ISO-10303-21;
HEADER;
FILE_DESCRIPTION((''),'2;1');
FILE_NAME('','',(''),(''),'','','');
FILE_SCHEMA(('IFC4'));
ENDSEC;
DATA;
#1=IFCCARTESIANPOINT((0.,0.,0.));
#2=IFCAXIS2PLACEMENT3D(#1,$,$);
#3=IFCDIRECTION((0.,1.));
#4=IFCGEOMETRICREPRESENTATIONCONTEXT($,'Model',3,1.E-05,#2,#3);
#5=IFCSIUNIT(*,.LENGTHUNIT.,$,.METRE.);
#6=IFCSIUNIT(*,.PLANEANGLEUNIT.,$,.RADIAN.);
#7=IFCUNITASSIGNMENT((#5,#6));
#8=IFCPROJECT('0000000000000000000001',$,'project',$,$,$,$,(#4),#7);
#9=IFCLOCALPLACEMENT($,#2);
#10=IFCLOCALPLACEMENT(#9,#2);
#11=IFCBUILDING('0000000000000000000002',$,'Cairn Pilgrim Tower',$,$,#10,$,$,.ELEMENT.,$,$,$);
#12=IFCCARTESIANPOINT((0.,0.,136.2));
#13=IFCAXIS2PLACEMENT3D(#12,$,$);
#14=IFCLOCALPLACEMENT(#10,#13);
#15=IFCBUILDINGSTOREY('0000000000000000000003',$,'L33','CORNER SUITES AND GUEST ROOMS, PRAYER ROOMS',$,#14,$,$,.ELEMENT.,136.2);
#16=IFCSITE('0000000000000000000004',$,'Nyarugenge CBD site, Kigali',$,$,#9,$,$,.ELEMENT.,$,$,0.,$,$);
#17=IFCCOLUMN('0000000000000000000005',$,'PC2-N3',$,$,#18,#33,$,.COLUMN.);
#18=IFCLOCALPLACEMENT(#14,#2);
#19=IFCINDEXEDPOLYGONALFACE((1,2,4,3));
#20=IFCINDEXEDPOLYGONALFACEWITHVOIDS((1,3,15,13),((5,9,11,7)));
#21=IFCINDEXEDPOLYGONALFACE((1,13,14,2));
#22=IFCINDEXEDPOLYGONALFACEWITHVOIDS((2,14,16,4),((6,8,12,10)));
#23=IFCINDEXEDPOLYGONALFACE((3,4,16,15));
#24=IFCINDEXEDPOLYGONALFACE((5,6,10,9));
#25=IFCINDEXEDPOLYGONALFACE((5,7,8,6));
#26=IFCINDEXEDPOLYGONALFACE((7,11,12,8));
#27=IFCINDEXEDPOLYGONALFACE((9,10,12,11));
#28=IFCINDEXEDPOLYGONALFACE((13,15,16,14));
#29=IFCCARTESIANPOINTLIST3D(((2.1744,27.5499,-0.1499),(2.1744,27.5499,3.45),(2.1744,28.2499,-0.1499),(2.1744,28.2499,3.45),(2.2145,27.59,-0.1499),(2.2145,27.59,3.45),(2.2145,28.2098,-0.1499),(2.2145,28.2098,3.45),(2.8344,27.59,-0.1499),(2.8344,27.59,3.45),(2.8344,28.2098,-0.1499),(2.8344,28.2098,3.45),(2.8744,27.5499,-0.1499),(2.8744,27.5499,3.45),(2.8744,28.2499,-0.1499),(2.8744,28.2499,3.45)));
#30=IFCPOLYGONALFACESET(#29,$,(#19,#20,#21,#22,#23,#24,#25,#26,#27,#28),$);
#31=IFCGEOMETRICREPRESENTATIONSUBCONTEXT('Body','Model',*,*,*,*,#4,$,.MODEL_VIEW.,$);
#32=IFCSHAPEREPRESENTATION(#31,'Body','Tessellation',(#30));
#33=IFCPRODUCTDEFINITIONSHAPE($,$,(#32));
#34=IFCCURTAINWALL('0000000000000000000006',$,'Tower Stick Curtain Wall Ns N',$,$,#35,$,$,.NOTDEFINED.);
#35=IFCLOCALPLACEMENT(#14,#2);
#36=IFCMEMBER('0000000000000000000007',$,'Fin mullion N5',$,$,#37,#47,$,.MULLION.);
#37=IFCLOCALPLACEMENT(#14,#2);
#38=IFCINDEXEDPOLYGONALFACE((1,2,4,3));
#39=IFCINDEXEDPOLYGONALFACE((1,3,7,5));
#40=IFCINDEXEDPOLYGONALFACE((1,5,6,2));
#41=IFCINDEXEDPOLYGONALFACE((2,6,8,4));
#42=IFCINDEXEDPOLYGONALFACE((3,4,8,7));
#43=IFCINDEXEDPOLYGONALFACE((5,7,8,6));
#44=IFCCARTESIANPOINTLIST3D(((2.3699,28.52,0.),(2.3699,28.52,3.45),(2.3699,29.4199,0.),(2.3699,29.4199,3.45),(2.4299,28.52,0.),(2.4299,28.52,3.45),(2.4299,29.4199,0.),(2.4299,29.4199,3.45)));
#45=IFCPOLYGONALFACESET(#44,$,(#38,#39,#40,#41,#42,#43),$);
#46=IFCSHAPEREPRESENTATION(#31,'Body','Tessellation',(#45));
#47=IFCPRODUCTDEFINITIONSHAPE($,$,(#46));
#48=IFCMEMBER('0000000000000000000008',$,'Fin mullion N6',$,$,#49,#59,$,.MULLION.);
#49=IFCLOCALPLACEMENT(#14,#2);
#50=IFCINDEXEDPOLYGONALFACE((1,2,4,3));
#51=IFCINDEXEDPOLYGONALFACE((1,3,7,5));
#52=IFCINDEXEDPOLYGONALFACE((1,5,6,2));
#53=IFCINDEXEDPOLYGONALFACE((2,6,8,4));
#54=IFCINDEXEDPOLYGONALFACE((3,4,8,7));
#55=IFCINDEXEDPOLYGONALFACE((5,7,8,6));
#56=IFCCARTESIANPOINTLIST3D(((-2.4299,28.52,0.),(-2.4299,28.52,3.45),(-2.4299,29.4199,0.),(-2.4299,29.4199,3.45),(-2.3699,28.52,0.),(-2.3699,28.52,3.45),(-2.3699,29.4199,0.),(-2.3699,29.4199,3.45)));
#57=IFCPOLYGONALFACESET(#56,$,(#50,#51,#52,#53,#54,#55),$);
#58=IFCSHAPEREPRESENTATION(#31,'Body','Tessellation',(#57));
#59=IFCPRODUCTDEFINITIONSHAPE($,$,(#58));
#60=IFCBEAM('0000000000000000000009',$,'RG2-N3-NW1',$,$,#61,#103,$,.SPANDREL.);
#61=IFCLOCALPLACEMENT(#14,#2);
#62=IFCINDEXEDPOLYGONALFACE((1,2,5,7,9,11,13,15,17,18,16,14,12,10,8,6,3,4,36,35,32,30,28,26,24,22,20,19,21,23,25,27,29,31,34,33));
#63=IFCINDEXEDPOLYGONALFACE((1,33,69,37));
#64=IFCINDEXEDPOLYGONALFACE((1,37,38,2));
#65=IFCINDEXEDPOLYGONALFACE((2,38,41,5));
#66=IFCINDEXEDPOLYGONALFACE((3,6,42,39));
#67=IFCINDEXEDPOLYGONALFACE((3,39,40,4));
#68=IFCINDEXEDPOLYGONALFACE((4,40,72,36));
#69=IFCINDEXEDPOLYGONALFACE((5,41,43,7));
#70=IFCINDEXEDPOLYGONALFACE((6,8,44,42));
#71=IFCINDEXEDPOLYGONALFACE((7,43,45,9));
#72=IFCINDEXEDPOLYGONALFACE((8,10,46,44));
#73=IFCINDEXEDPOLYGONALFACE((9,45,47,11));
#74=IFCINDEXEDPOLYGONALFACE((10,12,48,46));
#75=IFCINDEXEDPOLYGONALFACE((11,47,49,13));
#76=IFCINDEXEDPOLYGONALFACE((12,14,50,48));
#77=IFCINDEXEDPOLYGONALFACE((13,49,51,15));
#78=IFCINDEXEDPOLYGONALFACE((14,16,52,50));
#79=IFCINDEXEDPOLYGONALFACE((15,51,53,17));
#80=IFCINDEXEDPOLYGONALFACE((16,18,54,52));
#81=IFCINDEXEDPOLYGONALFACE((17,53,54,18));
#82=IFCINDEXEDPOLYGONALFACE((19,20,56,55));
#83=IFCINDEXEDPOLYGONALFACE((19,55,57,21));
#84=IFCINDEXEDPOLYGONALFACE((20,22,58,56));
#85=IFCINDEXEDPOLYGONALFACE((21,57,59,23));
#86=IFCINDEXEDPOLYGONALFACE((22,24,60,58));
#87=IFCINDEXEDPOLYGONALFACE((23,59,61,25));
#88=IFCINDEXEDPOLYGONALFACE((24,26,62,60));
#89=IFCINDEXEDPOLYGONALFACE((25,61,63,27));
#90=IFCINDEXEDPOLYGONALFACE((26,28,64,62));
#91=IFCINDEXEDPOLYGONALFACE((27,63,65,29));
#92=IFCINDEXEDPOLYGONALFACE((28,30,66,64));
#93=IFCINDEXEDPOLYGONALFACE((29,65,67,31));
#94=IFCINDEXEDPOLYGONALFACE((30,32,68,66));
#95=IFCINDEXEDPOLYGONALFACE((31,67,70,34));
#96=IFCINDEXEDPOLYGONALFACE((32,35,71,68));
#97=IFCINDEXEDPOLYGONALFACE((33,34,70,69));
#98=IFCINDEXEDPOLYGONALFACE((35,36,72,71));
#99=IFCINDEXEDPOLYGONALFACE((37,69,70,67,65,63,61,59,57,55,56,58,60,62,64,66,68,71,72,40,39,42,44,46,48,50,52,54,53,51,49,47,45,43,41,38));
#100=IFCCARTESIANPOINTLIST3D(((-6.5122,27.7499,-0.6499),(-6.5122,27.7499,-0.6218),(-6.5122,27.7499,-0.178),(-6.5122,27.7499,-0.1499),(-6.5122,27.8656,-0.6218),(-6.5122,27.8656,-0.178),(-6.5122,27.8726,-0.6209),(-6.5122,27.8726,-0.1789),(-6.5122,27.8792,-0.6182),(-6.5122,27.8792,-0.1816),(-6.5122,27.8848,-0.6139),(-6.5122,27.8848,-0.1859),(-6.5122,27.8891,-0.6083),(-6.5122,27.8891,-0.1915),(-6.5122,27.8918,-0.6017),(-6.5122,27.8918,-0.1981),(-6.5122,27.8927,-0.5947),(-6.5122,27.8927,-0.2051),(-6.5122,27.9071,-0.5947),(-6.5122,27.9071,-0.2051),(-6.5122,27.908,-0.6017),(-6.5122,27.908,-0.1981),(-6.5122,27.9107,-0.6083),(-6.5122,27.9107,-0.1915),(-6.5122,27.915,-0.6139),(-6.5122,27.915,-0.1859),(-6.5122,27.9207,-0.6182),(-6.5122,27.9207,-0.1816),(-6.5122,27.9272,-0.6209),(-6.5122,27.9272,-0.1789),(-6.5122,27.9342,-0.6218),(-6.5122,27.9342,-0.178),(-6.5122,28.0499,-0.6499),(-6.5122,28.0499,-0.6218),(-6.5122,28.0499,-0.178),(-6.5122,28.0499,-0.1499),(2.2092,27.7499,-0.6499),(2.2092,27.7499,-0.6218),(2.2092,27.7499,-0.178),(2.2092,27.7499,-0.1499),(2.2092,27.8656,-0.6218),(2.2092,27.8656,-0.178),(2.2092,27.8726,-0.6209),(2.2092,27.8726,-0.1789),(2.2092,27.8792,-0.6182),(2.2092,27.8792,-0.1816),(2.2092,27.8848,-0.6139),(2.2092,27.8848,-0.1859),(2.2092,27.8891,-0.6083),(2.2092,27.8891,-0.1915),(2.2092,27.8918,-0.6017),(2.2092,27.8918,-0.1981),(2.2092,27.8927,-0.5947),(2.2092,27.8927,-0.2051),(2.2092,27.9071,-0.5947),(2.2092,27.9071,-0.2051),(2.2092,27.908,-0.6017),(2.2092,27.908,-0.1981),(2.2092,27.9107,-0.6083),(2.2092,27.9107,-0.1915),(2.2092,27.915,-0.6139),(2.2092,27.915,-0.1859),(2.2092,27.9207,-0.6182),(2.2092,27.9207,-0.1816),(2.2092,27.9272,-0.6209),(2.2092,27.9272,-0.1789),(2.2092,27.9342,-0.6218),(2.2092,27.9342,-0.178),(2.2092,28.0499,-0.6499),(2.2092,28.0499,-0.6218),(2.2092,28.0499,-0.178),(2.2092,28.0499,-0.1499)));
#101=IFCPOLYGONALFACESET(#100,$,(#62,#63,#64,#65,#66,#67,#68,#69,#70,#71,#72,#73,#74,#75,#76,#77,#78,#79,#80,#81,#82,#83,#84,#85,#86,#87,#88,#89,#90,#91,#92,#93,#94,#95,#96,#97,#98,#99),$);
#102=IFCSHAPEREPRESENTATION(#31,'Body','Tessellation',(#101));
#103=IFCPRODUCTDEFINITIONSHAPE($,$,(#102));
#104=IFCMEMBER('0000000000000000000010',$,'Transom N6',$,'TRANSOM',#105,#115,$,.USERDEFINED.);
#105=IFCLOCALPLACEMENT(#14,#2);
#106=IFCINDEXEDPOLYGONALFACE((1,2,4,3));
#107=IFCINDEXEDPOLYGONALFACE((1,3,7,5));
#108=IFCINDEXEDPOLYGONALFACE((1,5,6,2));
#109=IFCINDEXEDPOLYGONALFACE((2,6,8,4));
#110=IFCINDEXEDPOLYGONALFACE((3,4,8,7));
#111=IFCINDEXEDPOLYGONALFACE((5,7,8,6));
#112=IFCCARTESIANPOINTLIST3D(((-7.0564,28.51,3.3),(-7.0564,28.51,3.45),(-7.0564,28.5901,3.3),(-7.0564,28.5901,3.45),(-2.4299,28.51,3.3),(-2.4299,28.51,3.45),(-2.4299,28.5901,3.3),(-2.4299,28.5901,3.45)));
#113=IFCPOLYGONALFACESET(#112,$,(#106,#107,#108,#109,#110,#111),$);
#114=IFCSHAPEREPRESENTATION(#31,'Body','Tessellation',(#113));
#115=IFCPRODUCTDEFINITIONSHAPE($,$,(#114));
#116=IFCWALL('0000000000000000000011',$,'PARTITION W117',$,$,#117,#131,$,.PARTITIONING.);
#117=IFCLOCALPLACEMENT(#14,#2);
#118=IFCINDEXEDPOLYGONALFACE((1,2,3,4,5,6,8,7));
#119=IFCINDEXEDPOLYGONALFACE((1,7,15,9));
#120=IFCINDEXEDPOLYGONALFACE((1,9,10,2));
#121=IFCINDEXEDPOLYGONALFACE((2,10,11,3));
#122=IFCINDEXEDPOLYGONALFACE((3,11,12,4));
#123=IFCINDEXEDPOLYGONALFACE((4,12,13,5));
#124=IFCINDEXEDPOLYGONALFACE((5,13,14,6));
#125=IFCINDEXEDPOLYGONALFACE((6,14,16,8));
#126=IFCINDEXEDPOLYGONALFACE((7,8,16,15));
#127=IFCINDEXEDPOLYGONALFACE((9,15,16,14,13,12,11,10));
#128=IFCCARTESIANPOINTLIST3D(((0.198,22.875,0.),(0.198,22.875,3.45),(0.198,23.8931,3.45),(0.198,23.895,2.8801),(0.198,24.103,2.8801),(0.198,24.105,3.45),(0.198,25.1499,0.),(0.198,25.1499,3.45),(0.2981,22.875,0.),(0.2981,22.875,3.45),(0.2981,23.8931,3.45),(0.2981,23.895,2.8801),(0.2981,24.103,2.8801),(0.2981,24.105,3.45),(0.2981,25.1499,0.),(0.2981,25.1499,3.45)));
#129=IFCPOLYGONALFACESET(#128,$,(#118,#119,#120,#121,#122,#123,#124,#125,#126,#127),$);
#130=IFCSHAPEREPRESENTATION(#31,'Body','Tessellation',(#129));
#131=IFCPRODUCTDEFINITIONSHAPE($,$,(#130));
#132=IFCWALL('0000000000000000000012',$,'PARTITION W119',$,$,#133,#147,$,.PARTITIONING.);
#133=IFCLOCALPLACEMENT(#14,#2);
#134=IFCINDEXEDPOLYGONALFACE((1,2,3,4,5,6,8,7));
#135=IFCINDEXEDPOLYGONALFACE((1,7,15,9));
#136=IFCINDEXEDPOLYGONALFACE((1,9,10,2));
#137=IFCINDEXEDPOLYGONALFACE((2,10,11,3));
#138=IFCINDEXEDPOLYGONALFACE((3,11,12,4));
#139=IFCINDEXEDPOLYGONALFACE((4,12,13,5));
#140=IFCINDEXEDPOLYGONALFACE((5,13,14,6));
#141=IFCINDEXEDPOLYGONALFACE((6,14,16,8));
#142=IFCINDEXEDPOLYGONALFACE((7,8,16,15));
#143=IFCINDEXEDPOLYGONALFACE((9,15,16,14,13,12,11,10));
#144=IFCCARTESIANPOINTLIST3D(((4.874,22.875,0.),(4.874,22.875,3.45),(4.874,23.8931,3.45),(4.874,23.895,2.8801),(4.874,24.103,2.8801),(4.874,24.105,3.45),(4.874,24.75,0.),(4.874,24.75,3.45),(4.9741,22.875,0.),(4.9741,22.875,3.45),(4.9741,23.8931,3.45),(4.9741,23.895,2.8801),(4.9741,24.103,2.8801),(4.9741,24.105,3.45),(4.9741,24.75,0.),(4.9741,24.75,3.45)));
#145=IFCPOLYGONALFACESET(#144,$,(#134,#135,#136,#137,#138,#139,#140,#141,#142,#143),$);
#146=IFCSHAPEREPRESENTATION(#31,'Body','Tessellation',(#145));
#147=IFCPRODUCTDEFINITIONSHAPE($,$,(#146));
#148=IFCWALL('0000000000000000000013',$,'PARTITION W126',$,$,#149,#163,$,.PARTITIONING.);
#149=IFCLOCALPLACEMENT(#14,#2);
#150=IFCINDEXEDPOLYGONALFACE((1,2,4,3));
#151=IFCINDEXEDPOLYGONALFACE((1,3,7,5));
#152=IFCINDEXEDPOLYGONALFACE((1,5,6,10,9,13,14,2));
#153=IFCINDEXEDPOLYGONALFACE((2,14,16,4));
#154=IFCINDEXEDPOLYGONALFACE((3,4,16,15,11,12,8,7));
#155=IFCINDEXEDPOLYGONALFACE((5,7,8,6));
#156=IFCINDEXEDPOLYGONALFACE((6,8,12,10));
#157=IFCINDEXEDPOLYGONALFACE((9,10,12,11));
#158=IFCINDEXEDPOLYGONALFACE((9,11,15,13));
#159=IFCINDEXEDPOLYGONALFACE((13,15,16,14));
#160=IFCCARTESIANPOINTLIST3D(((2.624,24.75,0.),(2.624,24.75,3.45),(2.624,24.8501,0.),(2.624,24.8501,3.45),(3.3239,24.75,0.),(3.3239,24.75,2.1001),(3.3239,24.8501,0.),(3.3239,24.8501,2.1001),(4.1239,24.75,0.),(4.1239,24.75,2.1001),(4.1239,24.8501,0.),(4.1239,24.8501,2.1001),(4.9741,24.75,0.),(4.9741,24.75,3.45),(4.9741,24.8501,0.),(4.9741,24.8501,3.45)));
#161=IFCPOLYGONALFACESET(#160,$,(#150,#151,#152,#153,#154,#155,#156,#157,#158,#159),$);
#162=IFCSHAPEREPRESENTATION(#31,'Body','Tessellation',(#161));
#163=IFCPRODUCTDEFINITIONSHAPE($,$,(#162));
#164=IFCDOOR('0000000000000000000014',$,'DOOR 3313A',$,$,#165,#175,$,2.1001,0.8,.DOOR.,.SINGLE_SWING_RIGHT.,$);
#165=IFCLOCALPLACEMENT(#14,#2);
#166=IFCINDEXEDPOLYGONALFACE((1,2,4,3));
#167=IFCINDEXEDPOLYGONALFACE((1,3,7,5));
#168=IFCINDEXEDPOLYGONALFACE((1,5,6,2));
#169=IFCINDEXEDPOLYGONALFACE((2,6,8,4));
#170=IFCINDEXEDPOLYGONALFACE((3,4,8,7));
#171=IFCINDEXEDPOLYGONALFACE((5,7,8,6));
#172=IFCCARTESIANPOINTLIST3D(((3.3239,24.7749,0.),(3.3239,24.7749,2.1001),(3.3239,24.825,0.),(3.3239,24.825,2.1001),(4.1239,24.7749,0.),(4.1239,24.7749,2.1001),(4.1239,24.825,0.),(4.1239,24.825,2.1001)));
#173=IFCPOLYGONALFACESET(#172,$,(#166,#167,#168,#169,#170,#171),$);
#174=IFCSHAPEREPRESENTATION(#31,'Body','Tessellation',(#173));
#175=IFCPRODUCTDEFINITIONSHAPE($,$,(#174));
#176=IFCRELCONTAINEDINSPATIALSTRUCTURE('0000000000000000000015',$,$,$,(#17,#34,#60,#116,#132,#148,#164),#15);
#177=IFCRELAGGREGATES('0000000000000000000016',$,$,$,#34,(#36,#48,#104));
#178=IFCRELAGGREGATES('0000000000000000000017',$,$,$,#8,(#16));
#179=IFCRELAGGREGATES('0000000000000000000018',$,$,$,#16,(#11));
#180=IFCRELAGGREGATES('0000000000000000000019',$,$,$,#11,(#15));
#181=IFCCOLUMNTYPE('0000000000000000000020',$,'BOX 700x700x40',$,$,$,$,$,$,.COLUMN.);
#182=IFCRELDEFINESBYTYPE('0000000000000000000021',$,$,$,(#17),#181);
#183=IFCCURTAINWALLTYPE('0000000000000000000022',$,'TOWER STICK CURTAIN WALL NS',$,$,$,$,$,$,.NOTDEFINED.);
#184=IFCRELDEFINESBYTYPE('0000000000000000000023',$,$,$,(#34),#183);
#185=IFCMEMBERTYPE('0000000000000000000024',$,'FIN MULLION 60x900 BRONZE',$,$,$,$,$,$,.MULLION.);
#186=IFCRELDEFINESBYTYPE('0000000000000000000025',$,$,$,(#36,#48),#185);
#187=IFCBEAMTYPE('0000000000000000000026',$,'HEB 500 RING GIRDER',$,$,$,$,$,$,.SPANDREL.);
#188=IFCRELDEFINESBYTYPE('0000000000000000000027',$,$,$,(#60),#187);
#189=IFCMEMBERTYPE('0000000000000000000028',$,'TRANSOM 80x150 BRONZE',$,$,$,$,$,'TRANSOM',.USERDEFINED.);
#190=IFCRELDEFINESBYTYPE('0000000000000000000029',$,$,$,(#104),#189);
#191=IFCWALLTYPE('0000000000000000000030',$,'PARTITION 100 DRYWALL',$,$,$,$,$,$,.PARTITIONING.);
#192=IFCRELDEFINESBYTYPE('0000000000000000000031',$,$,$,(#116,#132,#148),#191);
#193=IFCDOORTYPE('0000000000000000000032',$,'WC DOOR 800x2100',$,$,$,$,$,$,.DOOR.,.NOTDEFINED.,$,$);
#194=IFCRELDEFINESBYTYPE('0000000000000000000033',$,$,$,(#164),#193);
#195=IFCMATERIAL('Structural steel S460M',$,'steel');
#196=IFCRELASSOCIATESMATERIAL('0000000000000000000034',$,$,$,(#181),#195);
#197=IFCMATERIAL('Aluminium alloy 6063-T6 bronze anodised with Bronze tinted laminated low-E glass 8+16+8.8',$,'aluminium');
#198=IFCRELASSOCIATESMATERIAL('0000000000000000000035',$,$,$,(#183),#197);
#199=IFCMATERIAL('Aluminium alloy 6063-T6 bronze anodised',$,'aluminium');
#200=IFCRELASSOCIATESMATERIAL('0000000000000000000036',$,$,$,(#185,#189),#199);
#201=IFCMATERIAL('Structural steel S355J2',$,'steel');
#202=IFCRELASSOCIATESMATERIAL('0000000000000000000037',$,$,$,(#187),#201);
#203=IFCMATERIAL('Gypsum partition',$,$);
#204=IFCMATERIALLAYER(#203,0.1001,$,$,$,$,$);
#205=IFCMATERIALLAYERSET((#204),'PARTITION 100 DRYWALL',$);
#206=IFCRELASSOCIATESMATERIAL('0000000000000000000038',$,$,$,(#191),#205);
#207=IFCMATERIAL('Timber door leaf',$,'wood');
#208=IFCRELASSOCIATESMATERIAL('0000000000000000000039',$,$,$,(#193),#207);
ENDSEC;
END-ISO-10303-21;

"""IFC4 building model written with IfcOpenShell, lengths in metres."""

from ifc_helpers import new_model, si_unit, direction, frame, frame_2d, origin, origin_2d, place, context, subcontext, project, spatial, polyline, rectangle, hollow_rectangle, i_section, outline, extrude, material, layer, layer_set, material_profile, profile_set, type_object, element, fill, aggregate, save


model = new_model("IFC4")

# Units and contexts
model_context = context("Model", 3, precision=1e-05, world=origin(), true_north=direction((0.0, 1.0)))
body_context = subcontext(model_context, "Body", "Model", "MODEL_VIEW")
ifc_project = project(units=[si_unit("LENGTHUNIT", "METRE"), si_unit("PLANEANGLEUNIT", "RADIAN")], contexts=[model_context])

# Site, building, storey
site_placement = place(None, origin())
site = spatial("IfcSite", under=ifc_project, at=site_placement, Name="Nyarugenge CBD site, Kigali", CompositionType="ELEMENT", RefElevation=0.0)
building_placement = place(site_placement, origin())
building = spatial("IfcBuilding", under=site, at=building_placement, Name="Cairn Pilgrim Tower", CompositionType="ELEMENT")
storey_placement = place(building_placement, frame((0.0, 0.0, 136.2)))
storey = spatial("IfcBuildingStorey", under=building, at=storey_placement, Name="L33", Description="CORNER SUITES AND GUEST ROOMS, PRAYER ROOMS", CompositionType="ELEMENT", Elevation=136.2)

# Column
ifc_material_1 = material(Name="Structural steel S460M", Category="steel")
ifc_material_profile_1 = material_profile(ifc_material_1, hollow_rectangle(XDim=0.7, YDim=0.7, WallThickness=0.04, at=origin_2d()), Name="BOX 700x700x40")
ifc_profile_set_1 = profile_set([ifc_material_profile_1], Name="Structural steel S460M")
column_type = type_object("IfcColumnType", Name="BOX 700x700x40", PredefinedType="COLUMN", material=ifc_profile_set_1)
column_placement = place(storey_placement, frame((2.5244, 27.8999, -0.1499), z_axis=(0.0, 0.0, 1.0), x_axis=(1.0, 0.0, 0.0)))
element("IfcColumn", 1, at=column_placement, inside=storey, type_object=column_type, Name="PC2-N3", PredefinedType="COLUMN", context=body_context, shape_type="SweptSolid", body=[
    extrude(hollow_rectangle(XDim=0.7, YDim=0.7, WallThickness=0.04, at=origin_2d()), origin(), (0.0, 0.0, 1.0), 3.5999),
])

# Curtain wall, members
ifc_material_2 = material(Name="Aluminium alloy 6063-T6 bronze anodised with Bronze tinted laminated low-E glass 8+16+8.8", Category="aluminium")
curtain_wall_type = type_object("IfcCurtainWallType", Name="TOWER STICK CURTAIN WALL NS", PredefinedType="NOTDEFINED", material=ifc_material_2)
curtain_wall_placement = place(storey_placement, origin())
curtain_wall = element("IfcCurtainWall", 2, at=curtain_wall_placement, inside=storey, type_object=curtain_wall_type, Name="Tower Stick Curtain Wall Ns N", PredefinedType="NOTDEFINED")
ifc_material_3 = material(Name="Aluminium alloy 6063-T6 bronze anodised", Category="aluminium")
ifc_material_profile_2 = material_profile(ifc_material_3, rectangle(XDim=0.8999, YDim=0.0601, at=origin_2d()), Name="FIN MULLION 60x900 BRONZE")
ifc_profile_set_2 = profile_set([ifc_material_profile_2], Name="Aluminium alloy 6063-T6 bronze anodised")
member_type_1 = type_object("IfcMemberType", Name="FIN MULLION 60x900 BRONZE", PredefinedType="MULLION", material=ifc_profile_set_2)
member_1_placement = place(storey_placement, frame((2.3999, 28.97, 0.0), z_axis=(0.0, 0.0, 1.0), x_axis=(0.0, 1.0, 0.0)))
member_1 = element("IfcMember", 3, at=member_1_placement, type_object=member_type_1, Name="Fin mullion N5", PredefinedType="MULLION", context=body_context, shape_type="SweptSolid", body=[
    extrude(rectangle(XDim=0.8999, YDim=0.0601, at=origin_2d()), origin(), (0.0, 0.0, 1.0), 3.45),
])
member_2_placement = place(storey_placement, frame((-2.3999, 28.97, 0.0), z_axis=(0.0, 0.0, 1.0), x_axis=(0.0, 1.0, 0.0)))
member_2 = element("IfcMember", 4, at=member_2_placement, type_object=member_type_1, Name="Fin mullion N6", PredefinedType="MULLION", context=body_context, shape_type="SweptSolid", body=[
    extrude(rectangle(XDim=0.8999, YDim=0.0601, at=origin_2d()), origin(), (0.0, 0.0, 1.0), 3.45),
])

# Beam
ifc_material_4 = material(Name="Structural steel S355J2", Category="steel")
ifc_material_profile_3 = material_profile(ifc_material_4, i_section(OverallWidth=0.3, OverallDepth=0.5, WebThickness=0.0144, FlangeThickness=0.0281, FilletRadius=0.0271, at=origin_2d()), Name="HEB 500")
ifc_profile_set_3 = profile_set([ifc_material_profile_3], Name="Structural steel S355J2")
beam_type = type_object("IfcBeamType", Name="HEB 500 RING GIRDER", PredefinedType="SPANDREL", material=ifc_profile_set_3)
beam_placement = place(storey_placement, frame((2.2092, 27.8999, -0.3999), z_axis=(-1.0, 0.0, 0.0), x_axis=(0.0, -1.0, 0.0)))
element("IfcBeam", 5, at=beam_placement, inside=storey, type_object=beam_type, Name="RG2-N3-NW1", PredefinedType="SPANDREL", context=body_context, shape_type="SweptSolid", body=[
    extrude(i_section(OverallWidth=0.3, OverallDepth=0.5, WebThickness=0.0144, FlangeThickness=0.0281, FilletRadius=0.0271, at=origin_2d()), origin(), (0.0, 0.0, 1.0), 8.7214),
])

# Member
ifc_material_profile_4 = material_profile(ifc_material_3, rectangle(XDim=0.0801, YDim=0.1499, at=origin_2d()), Name="TRANSOM 80x150 BRONZE")
ifc_profile_set_4 = profile_set([ifc_material_profile_4], Name="Aluminium alloy 6063-T6 bronze anodised")
member_type_2 = type_object("IfcMemberType", Name="TRANSOM 80x150 BRONZE", ElementType="TRANSOM", PredefinedType="USERDEFINED", material=ifc_profile_set_4)
member_3_placement = place(storey_placement, frame((-2.4299, 28.55, 3.375), z_axis=(-1.0, 0.0, 0.0), x_axis=(0.0, -1.0, 0.0)))
member_3 = element("IfcMember", 6, at=member_3_placement, type_object=member_type_2, Name="Transom N6", ObjectType="TRANSOM", PredefinedType="USERDEFINED", context=body_context, shape_type="SweptSolid", body=[
    extrude(rectangle(XDim=0.0801, YDim=0.1499, at=origin_2d()), origin(), (0.0, 0.0, 1.0), 4.6265),
])
aggregate(curtain_wall, [member_1, member_2, member_3])

# Walls
ifc_material_5 = material(Name="Gypsum partition")
ifc_layer_1 = layer(ifc_material_5, 0.1001)
ifc_layer_set_1 = layer_set([ifc_layer_1], Name="PARTITION 100 DRYWALL")
wall_type_1 = type_object("IfcWallType", Name="PARTITION 100 DRYWALL", PredefinedType="PARTITIONING", material=ifc_layer_set_1)
wall_1_placement = place(storey_placement, frame((0.248, 22.875, 0.0), z_axis=(0.0, 0.0, 1.0), x_axis=(0.0, 1.0, 0.0)))
element("IfcWall", 7, at=wall_1_placement, inside=storey, type_object=wall_type_1, Name="PARTITION W117", PredefinedType="PARTITIONING", context=body_context, shape_type="SweptSolid", body=[
    extrude(outline(polyline([(0.0, 0.0), (2.2749, 0.0), (2.2749, 3.45), (1.23, 3.45), (1.228, 2.8801), (1.02, 2.8801), (1.0181, 3.45), (0.0, 3.45), (0.0, 0.0)])), frame((0.0, 0.05, 0.0), z_axis=(0.0, -1.0, 0.0), x_axis=(1.0, 0.0, 0.0)), (0.0, 0.0, 1.0), 0.1001),
])
wall_2_placement = place(storey_placement, frame((4.9241, 22.875, 0.0), z_axis=(0.0, 0.0, 1.0), x_axis=(0.0, 1.0, 0.0)))
element("IfcWall", 8, at=wall_2_placement, inside=storey, type_object=wall_type_1, Name="PARTITION W119", PredefinedType="PARTITIONING", context=body_context, shape_type="SweptSolid", body=[
    extrude(outline(polyline([(0.0, 0.0), (1.875, 0.0), (1.875, 3.45), (1.23, 3.45), (1.228, 2.8801), (1.02, 2.8801), (1.0181, 3.45), (0.0, 3.45), (0.0, 0.0)])), frame((0.0, 0.05, 0.0), z_axis=(0.0, -1.0, 0.0), x_axis=(1.0, 0.0, 0.0)), (0.0, 0.0, 1.0), 0.1001),
])

# Wall, opening, door
wall_3_placement = place(storey_placement, frame((2.624, 24.8, 0.0), z_axis=(0.0, 0.0, 1.0), x_axis=(1.0, 0.0, 0.0)))
wall_3 = element("IfcWall", 9, at=wall_3_placement, inside=storey, type_object=wall_type_1, Name="PARTITION W126", PredefinedType="PARTITIONING", context=body_context, shape_type="SweptSolid", body=[
    extrude(rectangle(XDim=2.3501, YDim=0.1001, at=frame_2d((1.175, 0.0))), origin(), (0.0, 0.0, 1.0), 3.45),
])
opening_1_placement = place(wall_3_placement, frame((0.7, 0.0, 0.0)))
opening_1 = element("IfcOpeningElement", 10, at=opening_1_placement, cuts=wall_3, PredefinedType="OPENING", context=body_context, shape_type="SweptSolid", body=[
    extrude(rectangle(XDim=0.8, YDim=2.1001, at=frame_2d((0.3999, 1.05))), frame((0.0, 0.0601, 0.0), z_axis=(0.0, -1.0, 0.0), x_axis=(1.0, 0.0, 0.0)), (0.0, 0.0, 1.0), 0.1201),
])
ifc_material_6 = material(Name="Timber door leaf", Category="wood")
door_type_1 = type_object("IfcDoorType", Name="WC DOOR 800x2100", OperationType="NOTDEFINED", PredefinedType="DOOR", material=ifc_material_6)
door_1_placement = place(opening_1_placement, origin())
door_1 = element("IfcDoor", 11, at=door_1_placement, inside=storey, type_object=door_type_1, Name="DOOR 3313A", OperationType="SINGLE_SWING_RIGHT", OverallHeight=2.1001, OverallWidth=0.8, PredefinedType="DOOR", context=body_context, shape_type="SweptSolid", body=[
    extrude(rectangle(XDim=0.8, YDim=2.1001, at=frame_2d((0.3999, 1.05))), frame((0.0, 0.0249, 0.0), z_axis=(0.0, -1.0, 0.0), x_axis=(1.0, 0.0, 0.0)), (0.0, 0.0, 1.0), 0.05),
])
fill(opening_1, door_1)

save(model, "model.ifc")
